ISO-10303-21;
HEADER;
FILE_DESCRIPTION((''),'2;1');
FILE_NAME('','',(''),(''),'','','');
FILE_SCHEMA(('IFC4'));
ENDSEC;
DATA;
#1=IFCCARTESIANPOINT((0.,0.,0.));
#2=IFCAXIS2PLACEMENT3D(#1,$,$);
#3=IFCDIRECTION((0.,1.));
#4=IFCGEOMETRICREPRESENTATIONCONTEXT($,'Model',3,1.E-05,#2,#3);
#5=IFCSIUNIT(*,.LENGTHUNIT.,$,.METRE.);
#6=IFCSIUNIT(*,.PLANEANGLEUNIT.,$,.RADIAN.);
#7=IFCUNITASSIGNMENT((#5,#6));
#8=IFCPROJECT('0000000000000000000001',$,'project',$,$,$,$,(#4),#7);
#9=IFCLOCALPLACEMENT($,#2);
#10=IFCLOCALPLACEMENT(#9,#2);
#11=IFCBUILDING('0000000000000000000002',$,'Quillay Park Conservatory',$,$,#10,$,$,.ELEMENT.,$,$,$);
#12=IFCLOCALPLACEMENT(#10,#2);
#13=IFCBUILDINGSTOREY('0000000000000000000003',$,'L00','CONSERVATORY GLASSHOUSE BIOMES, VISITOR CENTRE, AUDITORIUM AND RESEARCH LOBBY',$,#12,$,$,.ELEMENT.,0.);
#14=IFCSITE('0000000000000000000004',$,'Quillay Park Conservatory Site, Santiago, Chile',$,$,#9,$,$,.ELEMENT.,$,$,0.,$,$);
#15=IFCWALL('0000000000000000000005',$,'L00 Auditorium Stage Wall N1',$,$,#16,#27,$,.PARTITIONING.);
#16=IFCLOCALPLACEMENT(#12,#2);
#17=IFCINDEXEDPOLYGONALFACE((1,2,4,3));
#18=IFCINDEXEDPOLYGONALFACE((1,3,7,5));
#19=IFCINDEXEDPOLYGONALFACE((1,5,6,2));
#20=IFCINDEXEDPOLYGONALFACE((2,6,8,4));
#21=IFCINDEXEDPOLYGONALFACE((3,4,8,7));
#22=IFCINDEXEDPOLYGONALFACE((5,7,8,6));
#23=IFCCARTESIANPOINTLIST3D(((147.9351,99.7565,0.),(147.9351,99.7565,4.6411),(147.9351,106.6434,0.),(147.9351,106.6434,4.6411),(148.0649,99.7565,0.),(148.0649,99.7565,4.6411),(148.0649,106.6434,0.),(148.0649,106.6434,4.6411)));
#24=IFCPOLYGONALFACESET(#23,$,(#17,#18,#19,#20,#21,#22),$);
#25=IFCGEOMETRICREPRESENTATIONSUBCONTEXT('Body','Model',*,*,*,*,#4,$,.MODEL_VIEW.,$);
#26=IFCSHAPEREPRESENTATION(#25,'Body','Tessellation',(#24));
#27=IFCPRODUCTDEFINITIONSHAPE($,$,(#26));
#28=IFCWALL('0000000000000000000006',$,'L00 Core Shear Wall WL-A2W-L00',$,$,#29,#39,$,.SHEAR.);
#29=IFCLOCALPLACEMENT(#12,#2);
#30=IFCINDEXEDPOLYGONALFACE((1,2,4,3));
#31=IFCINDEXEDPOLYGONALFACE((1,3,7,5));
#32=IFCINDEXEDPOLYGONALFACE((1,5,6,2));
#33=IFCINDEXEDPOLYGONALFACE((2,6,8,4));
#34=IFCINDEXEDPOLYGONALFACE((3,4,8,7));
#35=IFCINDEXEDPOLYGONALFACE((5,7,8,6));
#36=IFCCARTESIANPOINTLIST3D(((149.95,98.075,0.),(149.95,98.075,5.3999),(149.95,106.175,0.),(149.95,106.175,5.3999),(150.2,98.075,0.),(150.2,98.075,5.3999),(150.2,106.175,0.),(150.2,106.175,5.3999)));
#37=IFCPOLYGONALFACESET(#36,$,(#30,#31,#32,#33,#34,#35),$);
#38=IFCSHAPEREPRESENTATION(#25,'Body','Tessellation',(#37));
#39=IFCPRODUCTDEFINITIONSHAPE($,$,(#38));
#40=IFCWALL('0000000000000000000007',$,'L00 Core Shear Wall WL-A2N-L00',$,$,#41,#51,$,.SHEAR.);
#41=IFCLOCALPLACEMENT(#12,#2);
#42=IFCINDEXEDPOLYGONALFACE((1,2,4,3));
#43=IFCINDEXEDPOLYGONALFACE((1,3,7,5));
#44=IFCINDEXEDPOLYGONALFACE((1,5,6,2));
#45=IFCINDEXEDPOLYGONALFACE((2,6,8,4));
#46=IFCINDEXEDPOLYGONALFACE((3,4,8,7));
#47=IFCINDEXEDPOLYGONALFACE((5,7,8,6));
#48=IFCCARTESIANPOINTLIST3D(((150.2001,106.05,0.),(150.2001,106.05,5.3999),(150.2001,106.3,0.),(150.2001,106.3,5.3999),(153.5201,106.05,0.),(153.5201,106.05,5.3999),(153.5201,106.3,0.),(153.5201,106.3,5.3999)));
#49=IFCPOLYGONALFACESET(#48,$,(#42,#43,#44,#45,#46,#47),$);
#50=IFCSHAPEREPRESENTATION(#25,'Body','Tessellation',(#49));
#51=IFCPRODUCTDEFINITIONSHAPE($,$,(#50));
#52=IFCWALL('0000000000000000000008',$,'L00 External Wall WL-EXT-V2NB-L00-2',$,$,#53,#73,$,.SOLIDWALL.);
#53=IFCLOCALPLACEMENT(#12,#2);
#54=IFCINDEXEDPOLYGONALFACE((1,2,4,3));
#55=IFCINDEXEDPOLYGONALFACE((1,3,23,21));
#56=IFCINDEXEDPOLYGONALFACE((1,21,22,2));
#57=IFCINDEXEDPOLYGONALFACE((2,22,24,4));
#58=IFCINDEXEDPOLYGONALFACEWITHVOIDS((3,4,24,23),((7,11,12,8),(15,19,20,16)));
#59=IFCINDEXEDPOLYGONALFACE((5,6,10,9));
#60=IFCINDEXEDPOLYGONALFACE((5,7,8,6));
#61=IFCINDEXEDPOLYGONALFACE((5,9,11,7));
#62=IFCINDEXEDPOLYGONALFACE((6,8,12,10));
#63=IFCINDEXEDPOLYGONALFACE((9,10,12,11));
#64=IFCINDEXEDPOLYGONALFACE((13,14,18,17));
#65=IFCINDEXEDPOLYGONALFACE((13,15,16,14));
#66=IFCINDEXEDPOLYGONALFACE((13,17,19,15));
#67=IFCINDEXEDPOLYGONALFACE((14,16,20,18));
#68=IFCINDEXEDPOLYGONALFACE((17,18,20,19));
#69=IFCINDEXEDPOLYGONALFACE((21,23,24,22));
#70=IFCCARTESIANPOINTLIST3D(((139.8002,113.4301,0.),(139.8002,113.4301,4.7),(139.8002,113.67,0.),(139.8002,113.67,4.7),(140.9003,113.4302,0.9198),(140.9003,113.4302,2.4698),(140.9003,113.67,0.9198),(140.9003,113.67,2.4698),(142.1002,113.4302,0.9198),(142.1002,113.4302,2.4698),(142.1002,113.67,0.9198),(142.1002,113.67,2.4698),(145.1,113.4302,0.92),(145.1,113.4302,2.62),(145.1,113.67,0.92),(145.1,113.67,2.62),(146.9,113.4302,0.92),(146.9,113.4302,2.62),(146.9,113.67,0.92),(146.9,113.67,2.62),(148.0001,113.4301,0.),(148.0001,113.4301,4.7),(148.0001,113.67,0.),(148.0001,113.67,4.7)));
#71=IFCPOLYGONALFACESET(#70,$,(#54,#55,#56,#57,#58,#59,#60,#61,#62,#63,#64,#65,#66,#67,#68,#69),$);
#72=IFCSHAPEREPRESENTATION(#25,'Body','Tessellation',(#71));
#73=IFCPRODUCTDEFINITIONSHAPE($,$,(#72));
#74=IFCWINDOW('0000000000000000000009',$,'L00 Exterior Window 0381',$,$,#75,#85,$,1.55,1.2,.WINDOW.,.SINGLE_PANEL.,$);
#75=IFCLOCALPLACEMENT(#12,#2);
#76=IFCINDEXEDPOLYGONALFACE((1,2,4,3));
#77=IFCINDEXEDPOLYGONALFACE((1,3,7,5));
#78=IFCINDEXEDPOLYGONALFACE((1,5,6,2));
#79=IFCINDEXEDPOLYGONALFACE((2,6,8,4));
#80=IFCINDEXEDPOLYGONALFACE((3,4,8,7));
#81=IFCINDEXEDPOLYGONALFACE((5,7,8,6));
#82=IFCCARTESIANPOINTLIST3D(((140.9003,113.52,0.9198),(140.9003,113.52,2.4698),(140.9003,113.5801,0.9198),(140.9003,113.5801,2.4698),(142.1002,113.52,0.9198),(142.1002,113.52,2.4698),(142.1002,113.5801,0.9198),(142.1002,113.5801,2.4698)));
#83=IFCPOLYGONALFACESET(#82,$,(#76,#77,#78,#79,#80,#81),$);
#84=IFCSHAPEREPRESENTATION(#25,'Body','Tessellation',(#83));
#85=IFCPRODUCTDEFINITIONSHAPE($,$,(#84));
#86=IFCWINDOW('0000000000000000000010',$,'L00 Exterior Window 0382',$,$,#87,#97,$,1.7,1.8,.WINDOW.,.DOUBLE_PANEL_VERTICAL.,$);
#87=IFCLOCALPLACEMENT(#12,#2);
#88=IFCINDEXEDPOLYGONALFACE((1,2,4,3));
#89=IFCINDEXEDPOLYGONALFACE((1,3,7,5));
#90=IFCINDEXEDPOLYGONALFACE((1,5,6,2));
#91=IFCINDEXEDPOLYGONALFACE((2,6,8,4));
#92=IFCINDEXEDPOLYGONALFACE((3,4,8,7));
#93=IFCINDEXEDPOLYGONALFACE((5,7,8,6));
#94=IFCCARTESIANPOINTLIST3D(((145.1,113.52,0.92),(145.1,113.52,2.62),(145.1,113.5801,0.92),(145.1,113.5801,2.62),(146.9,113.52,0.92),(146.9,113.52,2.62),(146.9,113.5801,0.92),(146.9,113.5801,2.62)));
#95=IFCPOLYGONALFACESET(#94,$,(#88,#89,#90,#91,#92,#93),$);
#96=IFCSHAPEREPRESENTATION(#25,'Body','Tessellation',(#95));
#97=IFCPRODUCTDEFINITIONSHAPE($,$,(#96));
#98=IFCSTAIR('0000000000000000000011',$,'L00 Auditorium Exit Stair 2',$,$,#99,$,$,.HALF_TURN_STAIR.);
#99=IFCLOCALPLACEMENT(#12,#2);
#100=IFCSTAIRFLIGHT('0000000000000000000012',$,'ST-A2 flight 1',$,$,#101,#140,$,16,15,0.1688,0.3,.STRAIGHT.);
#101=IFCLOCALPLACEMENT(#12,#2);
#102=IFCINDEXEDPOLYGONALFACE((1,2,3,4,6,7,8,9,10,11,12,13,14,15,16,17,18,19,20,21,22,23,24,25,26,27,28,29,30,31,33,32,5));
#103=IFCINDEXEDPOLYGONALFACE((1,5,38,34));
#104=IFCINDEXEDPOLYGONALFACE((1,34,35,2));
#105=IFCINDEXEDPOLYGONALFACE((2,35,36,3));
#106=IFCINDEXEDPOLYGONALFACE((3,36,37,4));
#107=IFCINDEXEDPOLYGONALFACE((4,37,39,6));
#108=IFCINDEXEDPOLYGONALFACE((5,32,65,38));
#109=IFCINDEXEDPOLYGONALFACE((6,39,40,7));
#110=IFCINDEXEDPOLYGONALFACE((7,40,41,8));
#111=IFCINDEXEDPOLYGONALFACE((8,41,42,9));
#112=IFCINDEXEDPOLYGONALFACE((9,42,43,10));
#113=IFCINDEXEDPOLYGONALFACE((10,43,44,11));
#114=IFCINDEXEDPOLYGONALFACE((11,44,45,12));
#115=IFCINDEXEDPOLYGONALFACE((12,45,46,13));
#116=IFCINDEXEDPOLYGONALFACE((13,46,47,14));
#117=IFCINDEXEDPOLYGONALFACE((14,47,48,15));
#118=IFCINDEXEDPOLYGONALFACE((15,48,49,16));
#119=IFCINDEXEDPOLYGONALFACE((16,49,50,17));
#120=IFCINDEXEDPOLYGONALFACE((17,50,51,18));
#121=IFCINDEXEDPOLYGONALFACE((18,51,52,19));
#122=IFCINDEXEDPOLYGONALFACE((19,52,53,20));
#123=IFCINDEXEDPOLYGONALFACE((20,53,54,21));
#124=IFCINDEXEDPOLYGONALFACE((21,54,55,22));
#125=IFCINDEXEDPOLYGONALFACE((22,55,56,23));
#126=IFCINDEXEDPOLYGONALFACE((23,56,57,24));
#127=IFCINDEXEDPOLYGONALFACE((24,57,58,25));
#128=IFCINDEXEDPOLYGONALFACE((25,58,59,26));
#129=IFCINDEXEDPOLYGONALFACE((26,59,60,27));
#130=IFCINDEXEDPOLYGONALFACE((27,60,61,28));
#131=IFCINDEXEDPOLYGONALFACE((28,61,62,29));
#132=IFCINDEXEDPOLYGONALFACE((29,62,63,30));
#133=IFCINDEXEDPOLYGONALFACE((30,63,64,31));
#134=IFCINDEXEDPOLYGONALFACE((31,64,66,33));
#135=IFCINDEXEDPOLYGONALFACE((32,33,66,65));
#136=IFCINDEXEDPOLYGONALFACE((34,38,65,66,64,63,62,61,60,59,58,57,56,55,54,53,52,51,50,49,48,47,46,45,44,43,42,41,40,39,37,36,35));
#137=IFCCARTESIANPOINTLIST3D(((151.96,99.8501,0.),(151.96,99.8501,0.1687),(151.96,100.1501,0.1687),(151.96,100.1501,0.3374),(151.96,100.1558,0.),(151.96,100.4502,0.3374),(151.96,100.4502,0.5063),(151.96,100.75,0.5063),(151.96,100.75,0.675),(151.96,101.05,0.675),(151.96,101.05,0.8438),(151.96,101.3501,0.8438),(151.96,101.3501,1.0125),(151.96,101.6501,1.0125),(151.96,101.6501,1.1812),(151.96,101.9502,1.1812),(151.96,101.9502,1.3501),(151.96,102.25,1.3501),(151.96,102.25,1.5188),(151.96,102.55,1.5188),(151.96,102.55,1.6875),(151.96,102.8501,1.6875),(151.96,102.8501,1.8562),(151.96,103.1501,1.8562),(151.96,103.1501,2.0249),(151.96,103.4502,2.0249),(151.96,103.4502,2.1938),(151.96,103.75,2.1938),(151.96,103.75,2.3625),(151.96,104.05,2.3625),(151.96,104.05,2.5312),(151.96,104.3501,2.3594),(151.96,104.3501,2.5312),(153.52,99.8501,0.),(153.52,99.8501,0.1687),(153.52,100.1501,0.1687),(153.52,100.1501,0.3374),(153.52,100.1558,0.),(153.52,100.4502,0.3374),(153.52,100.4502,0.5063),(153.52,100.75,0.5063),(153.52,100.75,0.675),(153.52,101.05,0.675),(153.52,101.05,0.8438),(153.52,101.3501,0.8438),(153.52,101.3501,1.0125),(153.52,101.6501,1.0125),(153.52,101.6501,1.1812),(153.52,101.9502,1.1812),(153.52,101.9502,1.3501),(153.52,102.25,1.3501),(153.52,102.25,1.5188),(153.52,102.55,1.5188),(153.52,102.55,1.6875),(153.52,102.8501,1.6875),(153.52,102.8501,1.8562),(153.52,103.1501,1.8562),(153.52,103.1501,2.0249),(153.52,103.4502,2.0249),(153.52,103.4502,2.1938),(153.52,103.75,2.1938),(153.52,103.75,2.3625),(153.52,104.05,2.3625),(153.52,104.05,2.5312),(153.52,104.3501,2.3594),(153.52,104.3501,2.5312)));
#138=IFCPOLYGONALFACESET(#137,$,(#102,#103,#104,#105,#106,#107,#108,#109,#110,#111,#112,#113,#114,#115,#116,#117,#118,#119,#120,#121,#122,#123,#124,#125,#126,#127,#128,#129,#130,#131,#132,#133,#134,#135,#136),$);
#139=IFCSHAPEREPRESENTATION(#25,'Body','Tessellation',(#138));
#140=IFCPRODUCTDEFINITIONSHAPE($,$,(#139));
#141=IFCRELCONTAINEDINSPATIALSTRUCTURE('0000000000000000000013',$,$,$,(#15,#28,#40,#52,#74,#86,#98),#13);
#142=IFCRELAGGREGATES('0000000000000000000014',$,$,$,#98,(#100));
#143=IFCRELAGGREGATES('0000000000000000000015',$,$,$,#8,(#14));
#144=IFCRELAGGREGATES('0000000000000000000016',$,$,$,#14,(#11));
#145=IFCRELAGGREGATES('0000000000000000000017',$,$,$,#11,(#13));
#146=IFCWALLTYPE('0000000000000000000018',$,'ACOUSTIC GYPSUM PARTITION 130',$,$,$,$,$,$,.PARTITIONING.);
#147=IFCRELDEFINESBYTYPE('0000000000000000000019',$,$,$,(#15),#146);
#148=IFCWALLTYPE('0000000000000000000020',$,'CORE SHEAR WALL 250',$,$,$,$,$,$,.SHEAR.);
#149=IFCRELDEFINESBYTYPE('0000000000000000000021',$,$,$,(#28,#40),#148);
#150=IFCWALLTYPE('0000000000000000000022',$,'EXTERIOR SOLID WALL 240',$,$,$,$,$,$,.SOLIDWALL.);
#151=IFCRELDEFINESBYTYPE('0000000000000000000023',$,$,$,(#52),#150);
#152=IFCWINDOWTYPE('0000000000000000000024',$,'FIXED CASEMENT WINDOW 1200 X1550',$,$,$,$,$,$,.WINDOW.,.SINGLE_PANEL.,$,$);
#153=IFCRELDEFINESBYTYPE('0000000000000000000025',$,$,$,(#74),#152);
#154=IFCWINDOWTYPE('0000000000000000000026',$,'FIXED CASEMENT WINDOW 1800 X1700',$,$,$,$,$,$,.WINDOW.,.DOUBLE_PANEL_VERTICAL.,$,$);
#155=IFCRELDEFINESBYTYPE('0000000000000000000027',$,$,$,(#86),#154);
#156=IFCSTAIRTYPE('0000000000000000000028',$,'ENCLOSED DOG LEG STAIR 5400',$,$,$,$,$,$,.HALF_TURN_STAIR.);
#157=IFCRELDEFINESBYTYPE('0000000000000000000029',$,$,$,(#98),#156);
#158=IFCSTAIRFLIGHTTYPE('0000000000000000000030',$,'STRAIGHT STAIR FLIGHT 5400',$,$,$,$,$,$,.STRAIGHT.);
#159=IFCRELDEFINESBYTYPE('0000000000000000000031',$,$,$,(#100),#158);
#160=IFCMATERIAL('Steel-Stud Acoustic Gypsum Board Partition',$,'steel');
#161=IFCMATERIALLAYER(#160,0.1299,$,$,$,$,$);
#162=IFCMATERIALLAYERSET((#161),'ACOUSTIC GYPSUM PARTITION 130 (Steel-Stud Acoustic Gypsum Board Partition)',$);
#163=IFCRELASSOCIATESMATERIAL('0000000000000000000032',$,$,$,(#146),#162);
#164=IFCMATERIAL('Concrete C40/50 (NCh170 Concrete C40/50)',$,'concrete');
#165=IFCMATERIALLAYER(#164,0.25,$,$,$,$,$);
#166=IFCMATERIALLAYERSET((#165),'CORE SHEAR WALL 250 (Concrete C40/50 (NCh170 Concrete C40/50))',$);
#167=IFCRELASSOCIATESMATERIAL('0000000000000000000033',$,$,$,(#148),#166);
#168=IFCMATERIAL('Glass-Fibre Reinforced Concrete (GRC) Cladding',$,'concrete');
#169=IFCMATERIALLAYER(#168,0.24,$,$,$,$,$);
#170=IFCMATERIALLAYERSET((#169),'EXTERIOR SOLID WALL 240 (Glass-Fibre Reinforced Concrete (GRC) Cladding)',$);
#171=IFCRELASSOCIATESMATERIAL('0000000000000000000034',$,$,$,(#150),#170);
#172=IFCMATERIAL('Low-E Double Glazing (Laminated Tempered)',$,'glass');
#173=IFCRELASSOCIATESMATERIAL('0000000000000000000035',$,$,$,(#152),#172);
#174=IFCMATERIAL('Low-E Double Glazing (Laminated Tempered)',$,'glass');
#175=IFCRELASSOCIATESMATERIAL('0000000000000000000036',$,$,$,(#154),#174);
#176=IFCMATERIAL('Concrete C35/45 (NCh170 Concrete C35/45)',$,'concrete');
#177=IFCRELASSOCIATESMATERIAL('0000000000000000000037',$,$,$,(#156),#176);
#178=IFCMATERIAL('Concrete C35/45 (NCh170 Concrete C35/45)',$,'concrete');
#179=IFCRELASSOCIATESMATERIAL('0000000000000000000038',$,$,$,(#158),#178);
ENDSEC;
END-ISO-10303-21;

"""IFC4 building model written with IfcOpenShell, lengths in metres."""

from ifc_helpers import new_model, si_unit, direction, frame, frame_2d, origin, place, context, subcontext, project, spatial, polyline, rectangle, outline, extrude, material, layer, layer_set, type_object, element, fill, aggregate, save


model = new_model("IFC4")

# Units and contexts
model_context = context("Model", 3, precision=1e-05, world=origin(), true_north=direction((0.0, 1.0)))
body_context = subcontext(model_context, "Body", "Model", "MODEL_VIEW")
ifc_project = project(units=[si_unit("LENGTHUNIT", "METRE"), si_unit("PLANEANGLEUNIT", "RADIAN")], contexts=[model_context])

# Site, building, storey
site_placement = place(None, origin())
site = spatial("IfcSite", under=ifc_project, at=site_placement, Name="Quillay Park Conservatory Site, Santiago, Chile", CompositionType="ELEMENT", RefElevation=0.0)
building_placement = place(site_placement, origin())
building = spatial("IfcBuilding", under=site, at=building_placement, Name="Quillay Park Conservatory", CompositionType="ELEMENT")
storey_placement = place(building_placement, origin())
storey = spatial("IfcBuildingStorey", under=building, at=storey_placement, Name="L00", Description="CONSERVATORY GLASSHOUSE BIOMES, VISITOR CENTRE, AUDITORIUM AND RESEARCH LOBBY", CompositionType="ELEMENT", Elevation=0.0)

# Walls
ifc_material_1 = material(Name="Steel-Stud Acoustic Gypsum Board Partition", Category="steel")
ifc_layer_1 = layer(ifc_material_1, 0.1299)
ifc_layer_set_1 = layer_set([ifc_layer_1], Name="ACOUSTIC GYPSUM PARTITION 130 (Steel-Stud Acoustic Gypsum Board Partition)")
wall_type_1 = type_object("IfcWallType", Name="ACOUSTIC GYPSUM PARTITION 130", PredefinedType="PARTITIONING", material=ifc_layer_set_1)
wall_1_placement = place(storey_placement, frame((148.0, 99.7566, 0.0), z_axis=(0.0, 0.0, 1.0), x_axis=(0.0, 1.0, 0.0)))
element("IfcWall", 1, at=wall_1_placement, inside=storey, type_object=wall_type_1, Name="L00 Auditorium Stage Wall N1", PredefinedType="PARTITIONING", context=body_context, shape_type="SweptSolid", body=[
    extrude(rectangle(XDim=6.887, YDim=0.1299, at=frame_2d((3.4434, 0.0))), origin(), (0.0, 0.0, 1.0), 4.6411),
])
ifc_material_2 = material(Name="Concrete C40/50 (NCh170 Concrete C40/50)", Category="concrete")
ifc_layer_2 = layer(ifc_material_2, 0.25)
ifc_layer_set_2 = layer_set([ifc_layer_2], Name="CORE SHEAR WALL 250 (Concrete C40/50 (NCh170 Concrete C40/50))")
wall_type_2 = type_object("IfcWallType", Name="CORE SHEAR WALL 250", PredefinedType="SHEAR", material=ifc_layer_set_2)
wall_2_placement = place(storey_placement, frame((150.075, 98.075, 0.0), z_axis=(0.0, 0.0, 1.0), x_axis=(0.0, 1.0, 0.0)))
element("IfcWall", 2, at=wall_2_placement, inside=storey, type_object=wall_type_2, Name="L00 Core Shear Wall WL-A2W-L00", PredefinedType="SHEAR", context=body_context, shape_type="SweptSolid", body=[
    extrude(rectangle(XDim=8.1001, YDim=0.25, at=frame_2d((4.05, 0.0))), origin(), (0.0, 0.0, 1.0), 5.3999),
])
wall_3_placement = place(storey_placement, frame((150.2, 106.175, 0.0), z_axis=(0.0, 0.0, 1.0), x_axis=(1.0, 0.0, 0.0)))
element("IfcWall", 3, at=wall_3_placement, inside=storey, type_object=wall_type_2, Name="L00 Core Shear Wall WL-A2N-L00", PredefinedType="SHEAR", context=body_context, shape_type="SweptSolid", body=[
    extrude(rectangle(XDim=3.3201, YDim=0.25, at=frame_2d((1.6602, 0.0))), origin(), (0.0, 0.0, 1.0), 5.3999),
])

# Wall, openings, windows
ifc_material_3 = material(Name="Glass-Fibre Reinforced Concrete (GRC) Cladding", Category="concrete")
ifc_layer_3 = layer(ifc_material_3, 0.24)
ifc_layer_set_3 = layer_set([ifc_layer_3], Name="EXTERIOR SOLID WALL 240 (Glass-Fibre Reinforced Concrete (GRC) Cladding)")
wall_type_3 = type_object("IfcWallType", Name="EXTERIOR SOLID WALL 240", PredefinedType="SOLIDWALL", material=ifc_layer_set_3)
wall_4_placement = place(storey_placement, frame((139.8, 113.55, 0.0), z_axis=(0.0, 0.0, 1.0), x_axis=(1.0, 0.0, 0.0)))
wall_4 = element("IfcWall", 4, at=wall_4_placement, inside=storey, type_object=wall_type_3, Name="L00 External Wall WL-EXT-V2NB-L00-2", PredefinedType="SOLIDWALL", context=body_context, shape_type="SweptSolid", body=[
    extrude(rectangle(XDim=8.2, YDim=0.24, at=frame_2d((4.1001, 0.0))), origin(), (0.0, 0.0, 1.0), 4.7),
])
opening_1_placement = place(wall_4_placement, frame((1.1001, 0.0, 0.9199)))
opening_1 = element("IfcOpeningElement", 5, at=opening_1_placement, cuts=wall_4, PredefinedType="OPENING", context=body_context, shape_type="SweptSolid", body=[
    extrude(rectangle(XDim=1.2, YDim=1.55, at=frame_2d((0.6001, 0.7749))), frame((0.0, 0.1201, 0.0), z_axis=(0.0, -1.0, 0.0), x_axis=(1.0, 0.0, 0.0)), (0.0, 0.0, 1.0), 0.24),
])
opening_2_placement = place(wall_4_placement, frame((5.3, 0.0, 0.9199)))
opening_2 = element("IfcOpeningElement", 6, at=opening_2_placement, cuts=wall_4, PredefinedType="OPENING", context=body_context, shape_type="SweptSolid", body=[
    extrude(rectangle(XDim=1.8, YDim=1.7, at=frame_2d((0.8999, 0.8501))), frame((0.0, 0.1201, 0.0), z_axis=(0.0, -1.0, 0.0), x_axis=(1.0, 0.0, 0.0)), (0.0, 0.0, 1.0), 0.24),
])
ifc_material_4 = material(Name="Low-E Double Glazing (Laminated Tempered)", Category="glass")
window_type_1 = type_object("IfcWindowType", Name="FIXED CASEMENT WINDOW 1200 X1550", PartitioningType="SINGLE_PANEL", PredefinedType="WINDOW", material=ifc_material_4)
window_1_placement = place(opening_1_placement, origin())
window_1 = element("IfcWindow", 7, at=window_1_placement, inside=storey, type_object=window_type_1, Name="L00 Exterior Window 0381", OverallHeight=1.55, OverallWidth=1.2, PartitioningType="SINGLE_PANEL", PredefinedType="WINDOW", context=body_context, shape_type="SweptSolid", body=[
    extrude(rectangle(XDim=1.2, YDim=1.55, at=frame_2d((0.6001, 0.7749))), frame((0.0, 0.03, 0.0), z_axis=(0.0, -1.0, 0.0), x_axis=(1.0, 0.0, 0.0)), (0.0, 0.0, 1.0), 0.0601),
])
fill(opening_1, window_1)
ifc_material_5 = material(Name="Low-E Double Glazing (Laminated Tempered)", Category="glass")
window_type_2 = type_object("IfcWindowType", Name="FIXED CASEMENT WINDOW 1800 X1700", PartitioningType="DOUBLE_PANEL_VERTICAL", PredefinedType="WINDOW", material=ifc_material_5)
window_2_placement = place(opening_2_placement, origin())
window_2 = element("IfcWindow", 8, at=window_2_placement, inside=storey, type_object=window_type_2, Name="L00 Exterior Window 0382", OverallHeight=1.7, OverallWidth=1.8, PartitioningType="DOUBLE_PANEL_VERTICAL", PredefinedType="WINDOW", context=body_context, shape_type="SweptSolid", body=[
    extrude(rectangle(XDim=1.8, YDim=1.7, at=frame_2d((0.8999, 0.8501))), frame((0.0, 0.03, 0.0), z_axis=(0.0, -1.0, 0.0), x_axis=(1.0, 0.0, 0.0)), (0.0, 0.0, 1.0), 0.0601),
])
fill(opening_2, window_2)

# Stair, stair flight
ifc_material_6 = material(Name="Concrete C35/45 (NCh170 Concrete C35/45)", Category="concrete")
stair_type = type_object("IfcStairType", Name="ENCLOSED DOG LEG STAIR 5400", PredefinedType="HALF_TURN_STAIR", material=ifc_material_6)
stair_placement = place(storey_placement, origin())
stair = element("IfcStair", 9, at=stair_placement, inside=storey, type_object=stair_type, Name="L00 Auditorium Exit Stair 2", PredefinedType="HALF_TURN_STAIR")
ifc_material_7 = material(Name="Concrete C35/45 (NCh170 Concrete C35/45)", Category="concrete")
stair_flight_type = type_object("IfcStairFlightType", Name="STRAIGHT STAIR FLIGHT 5400", PredefinedType="STRAIGHT", material=ifc_material_7)
stair_flight_1_placement = place(storey_placement, frame((152.74, 99.8501, 0.0), z_axis=(0.0, 0.0, 1.0), x_axis=(0.0, 1.0, 0.0)))
stair_flight_1 = element("IfcStairFlight", 10, at=stair_flight_1_placement, type_object=stair_flight_type, Name="ST-A2 flight 1", NumberOfRisers=16, NumberOfTreads=15, PredefinedType="STRAIGHT", RiserHeight=0.1688, TreadLength=0.3, context=body_context, shape_type="SweptSolid", body=[
    extrude(outline(polyline([(0.0, 0.0), (0.0, 0.1687), (0.3, 0.1687), (0.3, 0.3374), (0.6001, 0.3374), (0.6001, 0.5063), (0.8999, 0.5063), (0.8999, 0.675), (1.2, 0.675), (1.2, 0.8438), (1.5, 0.8438), (1.5, 1.0125), (1.8, 1.0125), (1.8, 1.1812), (2.1001, 1.1812), (2.1001, 1.3501), (2.3999, 1.3501), (2.3999, 1.5188), (2.7, 1.5188), (2.7, 1.6875), (3.0, 1.6875), (3.0, 1.8562), (3.3, 1.8562), (3.3, 2.0249), (3.6001, 2.0249), (3.6001, 2.1938), (3.8999, 2.1938), (3.8999, 2.3625), (4.2, 2.3625), (4.2, 2.5312), (4.5, 2.5312), (4.5, 2.7), (4.5, 2.3594), (0.3057, 0.0), (0.0, 0.0)])), frame((0.0, 0.78, 0.0), z_axis=(0.0, -1.0, 0.0), x_axis=(1.0, 0.0, 0.0)), (0.0, 0.0, 1.0), 1.5601),
])
aggregate(stair, [stair_flight_1])

save(model, "model.ifc")
